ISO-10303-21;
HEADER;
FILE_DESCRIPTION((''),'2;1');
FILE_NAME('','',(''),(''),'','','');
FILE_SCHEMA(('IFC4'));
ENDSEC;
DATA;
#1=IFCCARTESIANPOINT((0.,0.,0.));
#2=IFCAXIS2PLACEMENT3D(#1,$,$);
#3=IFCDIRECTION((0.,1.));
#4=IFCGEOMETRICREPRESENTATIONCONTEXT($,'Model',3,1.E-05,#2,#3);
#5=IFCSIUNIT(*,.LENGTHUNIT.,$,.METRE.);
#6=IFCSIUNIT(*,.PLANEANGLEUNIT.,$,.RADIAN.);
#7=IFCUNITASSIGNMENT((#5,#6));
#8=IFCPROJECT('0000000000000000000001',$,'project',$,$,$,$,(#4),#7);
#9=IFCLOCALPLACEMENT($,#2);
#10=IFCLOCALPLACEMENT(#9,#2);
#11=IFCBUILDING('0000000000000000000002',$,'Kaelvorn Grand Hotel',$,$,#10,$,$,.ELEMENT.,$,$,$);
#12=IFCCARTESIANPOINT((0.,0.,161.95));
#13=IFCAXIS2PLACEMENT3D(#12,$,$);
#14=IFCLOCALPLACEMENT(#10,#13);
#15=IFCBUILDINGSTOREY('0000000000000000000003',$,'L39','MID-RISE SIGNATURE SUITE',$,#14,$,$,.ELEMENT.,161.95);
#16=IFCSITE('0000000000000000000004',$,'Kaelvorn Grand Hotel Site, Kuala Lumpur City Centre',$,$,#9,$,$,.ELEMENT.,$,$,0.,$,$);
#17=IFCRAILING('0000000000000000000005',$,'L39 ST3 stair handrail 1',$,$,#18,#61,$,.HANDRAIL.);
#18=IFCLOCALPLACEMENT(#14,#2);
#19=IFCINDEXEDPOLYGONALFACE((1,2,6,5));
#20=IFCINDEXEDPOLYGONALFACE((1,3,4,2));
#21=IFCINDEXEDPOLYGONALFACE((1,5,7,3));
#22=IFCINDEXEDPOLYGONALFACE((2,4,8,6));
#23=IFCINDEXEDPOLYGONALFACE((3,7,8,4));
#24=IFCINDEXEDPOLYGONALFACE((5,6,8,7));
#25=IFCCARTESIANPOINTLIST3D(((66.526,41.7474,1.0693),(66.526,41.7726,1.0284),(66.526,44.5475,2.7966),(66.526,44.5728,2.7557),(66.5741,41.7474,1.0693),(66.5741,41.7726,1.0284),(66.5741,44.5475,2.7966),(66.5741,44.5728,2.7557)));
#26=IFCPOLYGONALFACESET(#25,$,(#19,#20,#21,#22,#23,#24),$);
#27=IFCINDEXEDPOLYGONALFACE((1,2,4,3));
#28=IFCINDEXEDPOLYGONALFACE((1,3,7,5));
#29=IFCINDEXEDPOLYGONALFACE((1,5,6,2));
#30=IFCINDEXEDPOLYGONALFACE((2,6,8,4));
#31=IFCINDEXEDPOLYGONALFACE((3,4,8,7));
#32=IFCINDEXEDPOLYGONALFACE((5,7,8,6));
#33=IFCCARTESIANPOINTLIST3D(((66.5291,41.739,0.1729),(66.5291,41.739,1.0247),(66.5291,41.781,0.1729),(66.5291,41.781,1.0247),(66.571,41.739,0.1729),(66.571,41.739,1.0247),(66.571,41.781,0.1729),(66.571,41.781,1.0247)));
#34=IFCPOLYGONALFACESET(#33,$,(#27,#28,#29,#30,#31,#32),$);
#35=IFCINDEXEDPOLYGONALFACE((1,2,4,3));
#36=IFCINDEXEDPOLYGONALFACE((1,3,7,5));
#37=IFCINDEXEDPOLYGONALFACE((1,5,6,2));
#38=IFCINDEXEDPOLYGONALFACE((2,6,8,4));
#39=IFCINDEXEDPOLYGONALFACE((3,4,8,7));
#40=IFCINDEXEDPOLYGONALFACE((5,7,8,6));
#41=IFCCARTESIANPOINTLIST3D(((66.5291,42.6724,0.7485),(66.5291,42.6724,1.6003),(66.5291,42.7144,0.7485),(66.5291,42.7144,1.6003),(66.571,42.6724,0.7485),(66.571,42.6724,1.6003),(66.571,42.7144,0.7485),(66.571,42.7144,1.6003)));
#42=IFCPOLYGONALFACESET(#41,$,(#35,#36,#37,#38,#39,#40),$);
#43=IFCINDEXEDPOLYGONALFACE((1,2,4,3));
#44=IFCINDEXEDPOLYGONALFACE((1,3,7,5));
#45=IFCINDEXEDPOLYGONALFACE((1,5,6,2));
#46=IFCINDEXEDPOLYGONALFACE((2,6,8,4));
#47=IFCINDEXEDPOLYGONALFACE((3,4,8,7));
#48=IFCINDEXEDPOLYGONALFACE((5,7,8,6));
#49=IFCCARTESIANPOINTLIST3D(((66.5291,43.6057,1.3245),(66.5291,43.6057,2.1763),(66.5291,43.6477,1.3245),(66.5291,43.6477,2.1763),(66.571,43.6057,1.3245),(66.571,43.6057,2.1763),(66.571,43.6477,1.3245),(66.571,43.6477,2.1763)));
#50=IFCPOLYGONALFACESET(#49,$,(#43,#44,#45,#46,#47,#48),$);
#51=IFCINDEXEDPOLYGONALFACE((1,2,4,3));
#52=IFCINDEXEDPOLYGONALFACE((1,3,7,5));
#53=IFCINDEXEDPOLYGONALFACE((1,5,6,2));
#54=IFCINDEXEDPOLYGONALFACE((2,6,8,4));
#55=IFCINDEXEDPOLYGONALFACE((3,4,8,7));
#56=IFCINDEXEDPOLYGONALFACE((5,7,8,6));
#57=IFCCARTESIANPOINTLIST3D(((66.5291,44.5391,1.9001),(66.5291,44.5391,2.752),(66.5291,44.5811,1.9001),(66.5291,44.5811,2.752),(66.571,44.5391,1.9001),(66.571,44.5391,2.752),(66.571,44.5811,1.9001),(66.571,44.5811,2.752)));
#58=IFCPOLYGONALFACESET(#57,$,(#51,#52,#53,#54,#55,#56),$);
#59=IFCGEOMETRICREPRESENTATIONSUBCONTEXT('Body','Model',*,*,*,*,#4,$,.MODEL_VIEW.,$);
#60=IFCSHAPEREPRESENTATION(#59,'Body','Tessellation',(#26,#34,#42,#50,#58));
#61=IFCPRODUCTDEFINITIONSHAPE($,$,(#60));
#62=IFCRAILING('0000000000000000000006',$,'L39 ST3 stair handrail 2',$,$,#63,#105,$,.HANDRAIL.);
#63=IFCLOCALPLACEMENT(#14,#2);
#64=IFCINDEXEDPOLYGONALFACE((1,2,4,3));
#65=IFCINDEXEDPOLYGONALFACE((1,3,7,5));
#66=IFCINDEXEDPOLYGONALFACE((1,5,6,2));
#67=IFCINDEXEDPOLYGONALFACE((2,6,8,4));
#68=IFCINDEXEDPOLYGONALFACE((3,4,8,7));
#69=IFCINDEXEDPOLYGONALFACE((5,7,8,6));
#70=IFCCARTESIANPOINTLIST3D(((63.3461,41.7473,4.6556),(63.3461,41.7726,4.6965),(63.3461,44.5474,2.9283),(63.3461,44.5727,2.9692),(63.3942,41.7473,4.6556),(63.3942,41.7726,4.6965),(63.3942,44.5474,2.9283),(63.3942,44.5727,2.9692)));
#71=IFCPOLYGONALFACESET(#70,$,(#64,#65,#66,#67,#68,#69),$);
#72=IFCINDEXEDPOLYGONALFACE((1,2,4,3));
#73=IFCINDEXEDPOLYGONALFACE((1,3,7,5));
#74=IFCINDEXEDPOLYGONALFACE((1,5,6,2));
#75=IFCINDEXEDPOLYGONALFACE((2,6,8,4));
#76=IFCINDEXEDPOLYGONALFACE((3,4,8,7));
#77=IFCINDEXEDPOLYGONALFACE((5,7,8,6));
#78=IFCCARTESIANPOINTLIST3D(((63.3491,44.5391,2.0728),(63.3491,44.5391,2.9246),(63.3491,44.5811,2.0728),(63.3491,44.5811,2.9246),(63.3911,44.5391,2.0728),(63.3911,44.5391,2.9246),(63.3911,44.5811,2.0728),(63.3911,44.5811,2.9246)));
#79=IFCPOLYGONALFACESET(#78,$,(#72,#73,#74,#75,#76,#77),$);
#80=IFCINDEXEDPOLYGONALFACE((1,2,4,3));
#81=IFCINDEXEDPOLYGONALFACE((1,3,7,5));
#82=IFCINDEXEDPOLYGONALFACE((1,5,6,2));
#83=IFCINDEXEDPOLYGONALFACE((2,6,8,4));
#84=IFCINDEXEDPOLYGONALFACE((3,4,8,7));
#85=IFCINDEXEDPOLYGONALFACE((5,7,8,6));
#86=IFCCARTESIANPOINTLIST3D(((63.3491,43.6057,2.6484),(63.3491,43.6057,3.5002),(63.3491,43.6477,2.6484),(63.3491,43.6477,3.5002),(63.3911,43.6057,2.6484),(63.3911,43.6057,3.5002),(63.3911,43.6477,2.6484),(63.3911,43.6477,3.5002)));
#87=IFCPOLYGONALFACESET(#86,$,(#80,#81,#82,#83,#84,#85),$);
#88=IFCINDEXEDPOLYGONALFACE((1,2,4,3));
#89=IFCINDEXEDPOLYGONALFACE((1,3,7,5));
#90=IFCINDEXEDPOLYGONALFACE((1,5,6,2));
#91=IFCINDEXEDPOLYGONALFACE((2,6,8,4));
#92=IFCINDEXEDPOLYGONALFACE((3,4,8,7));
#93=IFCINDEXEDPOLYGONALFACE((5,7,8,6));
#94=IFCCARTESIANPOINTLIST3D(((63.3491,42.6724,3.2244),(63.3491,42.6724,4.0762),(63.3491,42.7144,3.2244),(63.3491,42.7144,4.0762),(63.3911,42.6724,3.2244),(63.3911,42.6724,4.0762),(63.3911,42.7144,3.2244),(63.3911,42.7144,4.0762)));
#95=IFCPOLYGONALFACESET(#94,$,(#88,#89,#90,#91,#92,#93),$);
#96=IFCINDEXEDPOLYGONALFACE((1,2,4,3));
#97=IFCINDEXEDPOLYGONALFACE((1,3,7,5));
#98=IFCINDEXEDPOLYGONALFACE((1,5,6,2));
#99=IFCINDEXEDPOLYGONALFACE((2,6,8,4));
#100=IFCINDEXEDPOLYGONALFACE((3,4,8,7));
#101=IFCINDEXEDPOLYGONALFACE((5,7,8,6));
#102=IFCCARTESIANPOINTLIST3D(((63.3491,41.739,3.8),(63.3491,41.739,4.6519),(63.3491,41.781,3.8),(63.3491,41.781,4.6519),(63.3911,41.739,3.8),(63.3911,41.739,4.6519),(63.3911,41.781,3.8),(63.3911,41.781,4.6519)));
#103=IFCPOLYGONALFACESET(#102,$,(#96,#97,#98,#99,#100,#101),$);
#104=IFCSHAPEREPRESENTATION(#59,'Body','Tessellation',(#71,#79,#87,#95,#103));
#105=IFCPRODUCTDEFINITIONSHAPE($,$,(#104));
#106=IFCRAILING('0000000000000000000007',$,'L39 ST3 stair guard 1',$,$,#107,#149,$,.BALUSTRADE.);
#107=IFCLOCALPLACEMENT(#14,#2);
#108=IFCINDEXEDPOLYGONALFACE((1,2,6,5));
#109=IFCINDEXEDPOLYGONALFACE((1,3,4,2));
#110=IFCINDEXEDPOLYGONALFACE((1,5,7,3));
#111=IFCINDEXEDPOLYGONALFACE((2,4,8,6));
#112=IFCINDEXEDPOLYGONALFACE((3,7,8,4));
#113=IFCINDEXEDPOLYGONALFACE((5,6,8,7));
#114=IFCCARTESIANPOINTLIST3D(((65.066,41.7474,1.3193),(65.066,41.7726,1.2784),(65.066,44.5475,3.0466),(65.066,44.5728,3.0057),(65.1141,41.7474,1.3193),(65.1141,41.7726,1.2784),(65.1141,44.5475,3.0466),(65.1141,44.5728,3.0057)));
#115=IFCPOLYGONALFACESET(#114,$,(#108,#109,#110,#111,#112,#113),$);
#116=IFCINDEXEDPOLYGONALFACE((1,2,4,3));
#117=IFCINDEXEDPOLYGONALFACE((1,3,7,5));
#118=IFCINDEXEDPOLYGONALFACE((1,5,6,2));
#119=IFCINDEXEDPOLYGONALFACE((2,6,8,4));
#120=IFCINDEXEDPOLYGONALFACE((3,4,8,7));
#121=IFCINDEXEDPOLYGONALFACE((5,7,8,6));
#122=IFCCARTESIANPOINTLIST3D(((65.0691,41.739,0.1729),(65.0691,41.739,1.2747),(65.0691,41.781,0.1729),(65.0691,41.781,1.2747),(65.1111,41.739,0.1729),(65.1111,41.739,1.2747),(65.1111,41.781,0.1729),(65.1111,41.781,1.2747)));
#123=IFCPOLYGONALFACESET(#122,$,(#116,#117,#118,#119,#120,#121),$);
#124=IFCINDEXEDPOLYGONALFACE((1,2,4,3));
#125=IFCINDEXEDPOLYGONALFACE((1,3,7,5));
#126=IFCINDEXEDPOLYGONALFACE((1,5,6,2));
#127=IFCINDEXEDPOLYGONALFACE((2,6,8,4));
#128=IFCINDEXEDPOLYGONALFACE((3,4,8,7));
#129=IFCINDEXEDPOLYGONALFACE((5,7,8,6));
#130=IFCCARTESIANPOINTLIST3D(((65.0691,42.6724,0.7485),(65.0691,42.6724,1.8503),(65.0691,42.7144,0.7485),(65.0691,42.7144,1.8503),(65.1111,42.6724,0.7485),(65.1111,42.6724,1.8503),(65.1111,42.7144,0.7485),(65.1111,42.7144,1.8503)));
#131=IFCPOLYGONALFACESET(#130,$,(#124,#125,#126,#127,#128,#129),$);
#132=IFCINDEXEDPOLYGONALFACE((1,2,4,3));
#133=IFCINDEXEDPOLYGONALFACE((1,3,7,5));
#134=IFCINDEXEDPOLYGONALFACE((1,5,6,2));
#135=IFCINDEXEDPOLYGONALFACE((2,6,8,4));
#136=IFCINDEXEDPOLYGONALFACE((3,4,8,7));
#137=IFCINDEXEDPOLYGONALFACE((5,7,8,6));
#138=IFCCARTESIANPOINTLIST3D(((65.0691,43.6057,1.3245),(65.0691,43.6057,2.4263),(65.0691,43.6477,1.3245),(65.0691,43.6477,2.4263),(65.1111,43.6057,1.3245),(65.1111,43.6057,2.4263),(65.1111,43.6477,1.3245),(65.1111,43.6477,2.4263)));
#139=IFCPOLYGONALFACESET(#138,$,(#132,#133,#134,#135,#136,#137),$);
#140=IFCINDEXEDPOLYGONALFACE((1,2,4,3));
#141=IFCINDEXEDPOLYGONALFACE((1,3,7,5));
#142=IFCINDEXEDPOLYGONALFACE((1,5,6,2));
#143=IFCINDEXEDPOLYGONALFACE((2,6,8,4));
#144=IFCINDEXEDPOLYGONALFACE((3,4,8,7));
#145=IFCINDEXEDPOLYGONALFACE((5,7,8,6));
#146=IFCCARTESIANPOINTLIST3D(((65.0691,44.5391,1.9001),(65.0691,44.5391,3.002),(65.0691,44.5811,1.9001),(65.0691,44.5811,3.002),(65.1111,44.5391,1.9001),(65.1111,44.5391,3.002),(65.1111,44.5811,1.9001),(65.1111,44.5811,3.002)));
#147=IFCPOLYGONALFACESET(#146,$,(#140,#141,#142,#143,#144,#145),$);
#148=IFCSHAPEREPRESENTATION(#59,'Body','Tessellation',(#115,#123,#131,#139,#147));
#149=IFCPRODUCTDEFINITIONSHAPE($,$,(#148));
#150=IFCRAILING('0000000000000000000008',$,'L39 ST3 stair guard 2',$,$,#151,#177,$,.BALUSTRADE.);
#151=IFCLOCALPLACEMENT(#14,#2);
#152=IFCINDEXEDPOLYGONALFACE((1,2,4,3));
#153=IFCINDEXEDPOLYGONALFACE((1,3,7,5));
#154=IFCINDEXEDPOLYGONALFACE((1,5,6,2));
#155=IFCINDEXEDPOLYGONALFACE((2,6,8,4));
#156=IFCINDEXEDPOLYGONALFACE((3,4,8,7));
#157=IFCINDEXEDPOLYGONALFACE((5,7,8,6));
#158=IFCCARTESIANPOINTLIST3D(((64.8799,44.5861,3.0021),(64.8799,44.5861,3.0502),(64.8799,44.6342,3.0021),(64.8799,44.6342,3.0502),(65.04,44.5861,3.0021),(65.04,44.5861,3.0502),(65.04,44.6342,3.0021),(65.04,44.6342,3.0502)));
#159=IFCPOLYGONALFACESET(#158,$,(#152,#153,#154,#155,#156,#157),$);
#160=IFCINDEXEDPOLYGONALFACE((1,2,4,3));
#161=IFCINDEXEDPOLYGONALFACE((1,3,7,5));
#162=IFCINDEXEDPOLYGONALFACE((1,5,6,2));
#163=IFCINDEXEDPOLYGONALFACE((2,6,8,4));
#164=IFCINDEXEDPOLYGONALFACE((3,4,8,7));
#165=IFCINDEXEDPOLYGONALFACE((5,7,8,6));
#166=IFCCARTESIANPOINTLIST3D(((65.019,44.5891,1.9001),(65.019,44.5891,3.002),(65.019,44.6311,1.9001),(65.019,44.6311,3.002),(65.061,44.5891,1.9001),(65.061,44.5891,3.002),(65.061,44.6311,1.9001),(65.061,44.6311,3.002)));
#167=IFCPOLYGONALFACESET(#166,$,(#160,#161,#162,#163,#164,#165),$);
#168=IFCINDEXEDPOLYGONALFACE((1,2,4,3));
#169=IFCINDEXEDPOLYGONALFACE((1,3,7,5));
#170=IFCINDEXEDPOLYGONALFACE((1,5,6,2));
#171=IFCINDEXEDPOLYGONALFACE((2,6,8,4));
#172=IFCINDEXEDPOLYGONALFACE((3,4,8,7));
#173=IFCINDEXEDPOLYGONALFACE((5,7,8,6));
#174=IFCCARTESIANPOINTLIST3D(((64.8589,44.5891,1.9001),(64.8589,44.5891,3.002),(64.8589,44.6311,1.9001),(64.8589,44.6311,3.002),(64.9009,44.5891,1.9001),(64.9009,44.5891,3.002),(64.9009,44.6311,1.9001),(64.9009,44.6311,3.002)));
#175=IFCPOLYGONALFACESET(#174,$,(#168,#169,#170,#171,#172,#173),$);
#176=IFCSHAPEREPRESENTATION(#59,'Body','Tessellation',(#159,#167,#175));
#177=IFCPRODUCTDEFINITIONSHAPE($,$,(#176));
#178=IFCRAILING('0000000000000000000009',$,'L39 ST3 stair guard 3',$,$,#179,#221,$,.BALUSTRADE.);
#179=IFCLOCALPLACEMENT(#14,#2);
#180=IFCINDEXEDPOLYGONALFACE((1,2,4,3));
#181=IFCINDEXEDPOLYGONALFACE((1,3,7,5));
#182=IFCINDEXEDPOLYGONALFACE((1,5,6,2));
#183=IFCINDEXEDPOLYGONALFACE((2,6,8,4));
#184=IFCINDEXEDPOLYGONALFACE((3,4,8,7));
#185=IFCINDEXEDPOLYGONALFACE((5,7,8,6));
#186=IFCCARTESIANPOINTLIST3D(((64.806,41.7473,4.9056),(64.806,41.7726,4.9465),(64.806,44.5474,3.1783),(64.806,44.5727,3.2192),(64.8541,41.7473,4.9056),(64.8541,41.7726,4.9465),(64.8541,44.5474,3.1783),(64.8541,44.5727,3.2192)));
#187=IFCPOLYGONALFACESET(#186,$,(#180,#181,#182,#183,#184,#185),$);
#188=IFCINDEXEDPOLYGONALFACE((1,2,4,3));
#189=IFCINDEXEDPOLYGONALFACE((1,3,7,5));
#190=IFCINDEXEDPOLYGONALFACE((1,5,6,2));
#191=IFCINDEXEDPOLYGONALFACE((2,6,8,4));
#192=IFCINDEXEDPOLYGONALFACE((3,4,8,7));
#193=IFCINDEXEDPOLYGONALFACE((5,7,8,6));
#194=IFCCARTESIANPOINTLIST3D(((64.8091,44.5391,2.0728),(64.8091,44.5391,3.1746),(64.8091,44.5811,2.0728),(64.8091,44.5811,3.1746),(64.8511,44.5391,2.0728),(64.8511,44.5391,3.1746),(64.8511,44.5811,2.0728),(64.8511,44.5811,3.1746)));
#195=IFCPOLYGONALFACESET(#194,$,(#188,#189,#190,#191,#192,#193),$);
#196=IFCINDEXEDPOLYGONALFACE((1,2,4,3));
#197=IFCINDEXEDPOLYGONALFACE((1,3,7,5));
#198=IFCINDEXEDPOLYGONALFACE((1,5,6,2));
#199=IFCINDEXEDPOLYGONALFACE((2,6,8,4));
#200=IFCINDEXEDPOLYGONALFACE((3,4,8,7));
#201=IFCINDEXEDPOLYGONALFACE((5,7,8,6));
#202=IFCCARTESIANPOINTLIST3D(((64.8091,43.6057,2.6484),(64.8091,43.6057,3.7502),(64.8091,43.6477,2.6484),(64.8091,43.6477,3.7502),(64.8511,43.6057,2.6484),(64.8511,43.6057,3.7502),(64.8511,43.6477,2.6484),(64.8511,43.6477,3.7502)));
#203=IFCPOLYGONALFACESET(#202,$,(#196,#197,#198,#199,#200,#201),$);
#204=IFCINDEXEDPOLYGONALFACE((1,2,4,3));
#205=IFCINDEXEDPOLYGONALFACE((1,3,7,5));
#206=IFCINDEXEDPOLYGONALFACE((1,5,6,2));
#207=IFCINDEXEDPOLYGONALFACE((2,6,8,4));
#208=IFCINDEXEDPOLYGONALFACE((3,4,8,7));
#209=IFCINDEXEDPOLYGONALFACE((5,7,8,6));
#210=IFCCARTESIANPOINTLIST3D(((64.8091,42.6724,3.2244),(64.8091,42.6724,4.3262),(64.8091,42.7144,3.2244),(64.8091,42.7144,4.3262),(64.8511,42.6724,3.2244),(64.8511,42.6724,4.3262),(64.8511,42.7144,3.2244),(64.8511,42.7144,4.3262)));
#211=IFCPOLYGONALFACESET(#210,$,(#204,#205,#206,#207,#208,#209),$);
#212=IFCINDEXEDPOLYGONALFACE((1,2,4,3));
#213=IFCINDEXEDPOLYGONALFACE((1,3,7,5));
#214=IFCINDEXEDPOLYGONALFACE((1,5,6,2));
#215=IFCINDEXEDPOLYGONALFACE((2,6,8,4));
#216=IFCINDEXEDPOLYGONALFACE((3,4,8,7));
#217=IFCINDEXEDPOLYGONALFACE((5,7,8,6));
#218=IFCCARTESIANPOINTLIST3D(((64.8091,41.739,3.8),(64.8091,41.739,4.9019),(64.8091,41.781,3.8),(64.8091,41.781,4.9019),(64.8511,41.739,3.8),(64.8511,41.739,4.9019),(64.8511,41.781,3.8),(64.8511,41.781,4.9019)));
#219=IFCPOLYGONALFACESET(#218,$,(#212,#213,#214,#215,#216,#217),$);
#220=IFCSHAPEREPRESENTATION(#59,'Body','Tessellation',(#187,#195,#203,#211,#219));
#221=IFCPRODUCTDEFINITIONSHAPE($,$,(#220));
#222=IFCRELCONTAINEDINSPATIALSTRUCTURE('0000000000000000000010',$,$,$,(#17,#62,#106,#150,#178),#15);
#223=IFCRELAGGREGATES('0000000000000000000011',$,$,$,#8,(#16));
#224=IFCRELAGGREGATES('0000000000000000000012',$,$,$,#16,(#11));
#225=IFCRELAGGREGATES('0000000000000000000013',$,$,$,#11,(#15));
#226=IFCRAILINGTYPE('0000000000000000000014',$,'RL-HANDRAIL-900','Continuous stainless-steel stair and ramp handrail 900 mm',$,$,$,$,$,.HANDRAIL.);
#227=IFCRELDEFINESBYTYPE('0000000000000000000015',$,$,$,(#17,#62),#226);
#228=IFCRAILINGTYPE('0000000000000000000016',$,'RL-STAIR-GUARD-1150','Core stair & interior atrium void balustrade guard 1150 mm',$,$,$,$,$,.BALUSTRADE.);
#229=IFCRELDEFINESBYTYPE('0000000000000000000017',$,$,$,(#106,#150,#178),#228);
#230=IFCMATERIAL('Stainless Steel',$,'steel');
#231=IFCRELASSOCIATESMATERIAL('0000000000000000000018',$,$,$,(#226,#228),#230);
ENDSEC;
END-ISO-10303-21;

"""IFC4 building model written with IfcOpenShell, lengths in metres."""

from ifc_helpers import new_model, si_unit, direction, frame, origin, origin_2d, place, context, subcontext, project, spatial, rectangle, extrude, material, type_object, element, save


model = new_model("IFC4")

# Units and contexts
model_context = context("Model", 3, precision=1e-05, world=origin(), true_north=direction((0.0, 1.0)))
body_context = subcontext(model_context, "Body", "Model", "MODEL_VIEW")
ifc_project = project(units=[si_unit("LENGTHUNIT", "METRE"), si_unit("PLANEANGLEUNIT", "RADIAN")], contexts=[model_context])

# Site, building, storey
site_placement = place(None, origin())
site = spatial("IfcSite", under=ifc_project, at=site_placement, Name="Kaelvorn Grand Hotel Site, Kuala Lumpur City Centre", CompositionType="ELEMENT", RefElevation=0.0)
building_placement = place(site_placement, origin())
building = spatial("IfcBuilding", under=site, at=building_placement, Name="Kaelvorn Grand Hotel", CompositionType="ELEMENT")
storey_placement = place(building_placement, frame((0.0, 0.0, 161.95)))
storey = spatial("IfcBuildingStorey", under=building, at=storey_placement, Name="L39", Description="MID-RISE SIGNATURE SUITE", CompositionType="ELEMENT", Elevation=161.95)

# Shared definitions
ifc_material_1 = material(Name="Stainless Steel", Category="steel")

# Railings
railing_type_1 = type_object("IfcRailingType", Name="RL-HANDRAIL-900", Description="Continuous stainless-steel stair and ramp handrail 900 mm", PredefinedType="HANDRAIL", material=ifc_material_1)
railing_1_placement = place(storey_placement, frame((66.55, 41.76, 0.1729)))
element("IfcRailing", 1, at=railing_1_placement, inside=storey, type_object=railing_type_1, Name="L39 ST3 stair handrail 1", PredefinedType="HANDRAIL", context=body_context, shape_type="SweptSolid", body=[
    extrude(rectangle(XDim=0.0481, YDim=0.0481, at=origin_2d()), frame((0.0, 0.0, 0.876), z_axis=(0.0, 0.85109, 0.52502), x_axis=(-1.0, 0.0, 0.0)), (0.0, 0.0, 1.0), 3.29),
    extrude(rectangle(XDim=0.042, YDim=0.042, at=origin_2d()), origin(), (0.0, 0.0, 1.0), 0.8518),
    extrude(rectangle(XDim=0.042, YDim=0.042, at=origin_2d()), frame((0.0, 0.9333, 0.5757)), (0.0, 0.0, 1.0), 0.8518),
    extrude(rectangle(XDim=0.042, YDim=0.042, at=origin_2d()), frame((0.0, 1.8667, 1.1516)), (0.0, 0.0, 1.0), 0.8518),
    extrude(rectangle(XDim=0.042, YDim=0.042, at=origin_2d()), frame((0.0, 2.8, 1.7273)), (0.0, 0.0, 1.0), 0.8518),
])
railing_2_placement = place(storey_placement, frame((63.3701, 44.5601, 2.0728)))
element("IfcRailing", 2, at=railing_2_placement, inside=storey, type_object=railing_type_1, Name="L39 ST3 stair handrail 2", PredefinedType="HANDRAIL", context=body_context, shape_type="SweptSolid", body=[
    extrude(rectangle(XDim=0.0481, YDim=0.0481, at=origin_2d()), frame((0.0, 0.0, 0.876), z_axis=(0.0, -0.85109, 0.52502), x_axis=(1.0, 0.0, 0.0)), (0.0, 0.0, 1.0), 3.29),
    extrude(rectangle(XDim=0.042, YDim=0.042, at=origin_2d()), origin(), (0.0, 0.0, 1.0), 0.8518),
    extrude(rectangle(XDim=0.042, YDim=0.042, at=origin_2d()), frame((0.0, -0.9333, 0.5757)), (0.0, 0.0, 1.0), 0.8518),
    extrude(rectangle(XDim=0.042, YDim=0.042, at=origin_2d()), frame((0.0, -1.8667, 1.1516)), (0.0, 0.0, 1.0), 0.8518),
    extrude(rectangle(XDim=0.042, YDim=0.042, at=origin_2d()), frame((0.0, -2.8, 1.7273)), (0.0, 0.0, 1.0), 0.8518),
])
railing_type_2 = type_object("IfcRailingType", Name="RL-STAIR-GUARD-1150", Description="Core stair & interior atrium void balustrade guard 1150 mm", PredefinedType="BALUSTRADE", material=ifc_material_1)
railing_3_placement = place(storey_placement, frame((65.0901, 41.76, 0.1729)))
element("IfcRailing", 3, at=railing_3_placement, inside=storey, type_object=railing_type_2, Name="L39 ST3 stair guard 1", PredefinedType="BALUSTRADE", context=body_context, shape_type="SweptSolid", body=[
    extrude(rectangle(XDim=0.0481, YDim=0.0481, at=origin_2d()), frame((0.0, 0.0, 1.126), z_axis=(0.0, 0.85109, 0.52502), x_axis=(-1.0, 0.0, 0.0)), (0.0, 0.0, 1.0), 3.29),
    extrude(rectangle(XDim=0.042, YDim=0.042, at=origin_2d()), origin(), (0.0, 0.0, 1.0), 1.1018),
    extrude(rectangle(XDim=0.042, YDim=0.042, at=origin_2d()), frame((0.0, 0.9333, 0.5757)), (0.0, 0.0, 1.0), 1.1018),
    extrude(rectangle(XDim=0.042, YDim=0.042, at=origin_2d()), frame((0.0, 1.8667, 1.1516)), (0.0, 0.0, 1.0), 1.1018),
    extrude(rectangle(XDim=0.042, YDim=0.042, at=origin_2d()), frame((0.0, 2.8, 1.7273)), (0.0, 0.0, 1.0), 1.1018),
])
railing_4_placement = place(storey_placement, frame((65.04, 44.6101, 1.9001)))
element("IfcRailing", 4, at=railing_4_placement, inside=storey, type_object=railing_type_2, Name="L39 ST3 stair guard 2", PredefinedType="BALUSTRADE", context=body_context, shape_type="SweptSolid", body=[
    extrude(rectangle(XDim=0.0481, YDim=0.0481, at=origin_2d()), frame((0.0, 0.0, 1.126), z_axis=(-1.0, 0.0, 0.0), x_axis=(0.0, -1.0, 0.0)), (0.0, 0.0, 1.0), 0.1602),
    extrude(rectangle(XDim=0.042, YDim=0.042, at=origin_2d()), origin(), (0.0, 0.0, 1.0), 1.1018),
    extrude(rectangle(XDim=0.042, YDim=0.042, at=origin_2d()), frame((-0.1602, 0.0, 0.0)), (0.0, 0.0, 1.0), 1.1018),
])
railing_5_placement = place(storey_placement, frame((64.8301, 44.5601, 2.0728)))
element("IfcRailing", 5, at=railing_5_placement, inside=storey, type_object=railing_type_2, Name="L39 ST3 stair guard 3", PredefinedType="BALUSTRADE", context=body_context, shape_type="SweptSolid", body=[
    extrude(rectangle(XDim=0.0481, YDim=0.0481, at=origin_2d()), frame((0.0, 0.0, 1.126), z_axis=(0.0, -0.85109, 0.52502), x_axis=(1.0, 0.0, 0.0)), (0.0, 0.0, 1.0), 3.29),
    extrude(rectangle(XDim=0.042, YDim=0.042, at=origin_2d()), origin(), (0.0, 0.0, 1.0), 1.1018),
    extrude(rectangle(XDim=0.042, YDim=0.042, at=origin_2d()), frame((0.0, -0.9333, 0.5757)), (0.0, 0.0, 1.0), 1.1018),
    extrude(rectangle(XDim=0.042, YDim=0.042, at=origin_2d()), frame((0.0, -1.8667, 1.1516)), (0.0, 0.0, 1.0), 1.1018),
    extrude(rectangle(XDim=0.042, YDim=0.042, at=origin_2d()), frame((0.0, -2.8, 1.7273)), (0.0, 0.0, 1.0), 1.1018),
])

save(model, "model.ifc")
